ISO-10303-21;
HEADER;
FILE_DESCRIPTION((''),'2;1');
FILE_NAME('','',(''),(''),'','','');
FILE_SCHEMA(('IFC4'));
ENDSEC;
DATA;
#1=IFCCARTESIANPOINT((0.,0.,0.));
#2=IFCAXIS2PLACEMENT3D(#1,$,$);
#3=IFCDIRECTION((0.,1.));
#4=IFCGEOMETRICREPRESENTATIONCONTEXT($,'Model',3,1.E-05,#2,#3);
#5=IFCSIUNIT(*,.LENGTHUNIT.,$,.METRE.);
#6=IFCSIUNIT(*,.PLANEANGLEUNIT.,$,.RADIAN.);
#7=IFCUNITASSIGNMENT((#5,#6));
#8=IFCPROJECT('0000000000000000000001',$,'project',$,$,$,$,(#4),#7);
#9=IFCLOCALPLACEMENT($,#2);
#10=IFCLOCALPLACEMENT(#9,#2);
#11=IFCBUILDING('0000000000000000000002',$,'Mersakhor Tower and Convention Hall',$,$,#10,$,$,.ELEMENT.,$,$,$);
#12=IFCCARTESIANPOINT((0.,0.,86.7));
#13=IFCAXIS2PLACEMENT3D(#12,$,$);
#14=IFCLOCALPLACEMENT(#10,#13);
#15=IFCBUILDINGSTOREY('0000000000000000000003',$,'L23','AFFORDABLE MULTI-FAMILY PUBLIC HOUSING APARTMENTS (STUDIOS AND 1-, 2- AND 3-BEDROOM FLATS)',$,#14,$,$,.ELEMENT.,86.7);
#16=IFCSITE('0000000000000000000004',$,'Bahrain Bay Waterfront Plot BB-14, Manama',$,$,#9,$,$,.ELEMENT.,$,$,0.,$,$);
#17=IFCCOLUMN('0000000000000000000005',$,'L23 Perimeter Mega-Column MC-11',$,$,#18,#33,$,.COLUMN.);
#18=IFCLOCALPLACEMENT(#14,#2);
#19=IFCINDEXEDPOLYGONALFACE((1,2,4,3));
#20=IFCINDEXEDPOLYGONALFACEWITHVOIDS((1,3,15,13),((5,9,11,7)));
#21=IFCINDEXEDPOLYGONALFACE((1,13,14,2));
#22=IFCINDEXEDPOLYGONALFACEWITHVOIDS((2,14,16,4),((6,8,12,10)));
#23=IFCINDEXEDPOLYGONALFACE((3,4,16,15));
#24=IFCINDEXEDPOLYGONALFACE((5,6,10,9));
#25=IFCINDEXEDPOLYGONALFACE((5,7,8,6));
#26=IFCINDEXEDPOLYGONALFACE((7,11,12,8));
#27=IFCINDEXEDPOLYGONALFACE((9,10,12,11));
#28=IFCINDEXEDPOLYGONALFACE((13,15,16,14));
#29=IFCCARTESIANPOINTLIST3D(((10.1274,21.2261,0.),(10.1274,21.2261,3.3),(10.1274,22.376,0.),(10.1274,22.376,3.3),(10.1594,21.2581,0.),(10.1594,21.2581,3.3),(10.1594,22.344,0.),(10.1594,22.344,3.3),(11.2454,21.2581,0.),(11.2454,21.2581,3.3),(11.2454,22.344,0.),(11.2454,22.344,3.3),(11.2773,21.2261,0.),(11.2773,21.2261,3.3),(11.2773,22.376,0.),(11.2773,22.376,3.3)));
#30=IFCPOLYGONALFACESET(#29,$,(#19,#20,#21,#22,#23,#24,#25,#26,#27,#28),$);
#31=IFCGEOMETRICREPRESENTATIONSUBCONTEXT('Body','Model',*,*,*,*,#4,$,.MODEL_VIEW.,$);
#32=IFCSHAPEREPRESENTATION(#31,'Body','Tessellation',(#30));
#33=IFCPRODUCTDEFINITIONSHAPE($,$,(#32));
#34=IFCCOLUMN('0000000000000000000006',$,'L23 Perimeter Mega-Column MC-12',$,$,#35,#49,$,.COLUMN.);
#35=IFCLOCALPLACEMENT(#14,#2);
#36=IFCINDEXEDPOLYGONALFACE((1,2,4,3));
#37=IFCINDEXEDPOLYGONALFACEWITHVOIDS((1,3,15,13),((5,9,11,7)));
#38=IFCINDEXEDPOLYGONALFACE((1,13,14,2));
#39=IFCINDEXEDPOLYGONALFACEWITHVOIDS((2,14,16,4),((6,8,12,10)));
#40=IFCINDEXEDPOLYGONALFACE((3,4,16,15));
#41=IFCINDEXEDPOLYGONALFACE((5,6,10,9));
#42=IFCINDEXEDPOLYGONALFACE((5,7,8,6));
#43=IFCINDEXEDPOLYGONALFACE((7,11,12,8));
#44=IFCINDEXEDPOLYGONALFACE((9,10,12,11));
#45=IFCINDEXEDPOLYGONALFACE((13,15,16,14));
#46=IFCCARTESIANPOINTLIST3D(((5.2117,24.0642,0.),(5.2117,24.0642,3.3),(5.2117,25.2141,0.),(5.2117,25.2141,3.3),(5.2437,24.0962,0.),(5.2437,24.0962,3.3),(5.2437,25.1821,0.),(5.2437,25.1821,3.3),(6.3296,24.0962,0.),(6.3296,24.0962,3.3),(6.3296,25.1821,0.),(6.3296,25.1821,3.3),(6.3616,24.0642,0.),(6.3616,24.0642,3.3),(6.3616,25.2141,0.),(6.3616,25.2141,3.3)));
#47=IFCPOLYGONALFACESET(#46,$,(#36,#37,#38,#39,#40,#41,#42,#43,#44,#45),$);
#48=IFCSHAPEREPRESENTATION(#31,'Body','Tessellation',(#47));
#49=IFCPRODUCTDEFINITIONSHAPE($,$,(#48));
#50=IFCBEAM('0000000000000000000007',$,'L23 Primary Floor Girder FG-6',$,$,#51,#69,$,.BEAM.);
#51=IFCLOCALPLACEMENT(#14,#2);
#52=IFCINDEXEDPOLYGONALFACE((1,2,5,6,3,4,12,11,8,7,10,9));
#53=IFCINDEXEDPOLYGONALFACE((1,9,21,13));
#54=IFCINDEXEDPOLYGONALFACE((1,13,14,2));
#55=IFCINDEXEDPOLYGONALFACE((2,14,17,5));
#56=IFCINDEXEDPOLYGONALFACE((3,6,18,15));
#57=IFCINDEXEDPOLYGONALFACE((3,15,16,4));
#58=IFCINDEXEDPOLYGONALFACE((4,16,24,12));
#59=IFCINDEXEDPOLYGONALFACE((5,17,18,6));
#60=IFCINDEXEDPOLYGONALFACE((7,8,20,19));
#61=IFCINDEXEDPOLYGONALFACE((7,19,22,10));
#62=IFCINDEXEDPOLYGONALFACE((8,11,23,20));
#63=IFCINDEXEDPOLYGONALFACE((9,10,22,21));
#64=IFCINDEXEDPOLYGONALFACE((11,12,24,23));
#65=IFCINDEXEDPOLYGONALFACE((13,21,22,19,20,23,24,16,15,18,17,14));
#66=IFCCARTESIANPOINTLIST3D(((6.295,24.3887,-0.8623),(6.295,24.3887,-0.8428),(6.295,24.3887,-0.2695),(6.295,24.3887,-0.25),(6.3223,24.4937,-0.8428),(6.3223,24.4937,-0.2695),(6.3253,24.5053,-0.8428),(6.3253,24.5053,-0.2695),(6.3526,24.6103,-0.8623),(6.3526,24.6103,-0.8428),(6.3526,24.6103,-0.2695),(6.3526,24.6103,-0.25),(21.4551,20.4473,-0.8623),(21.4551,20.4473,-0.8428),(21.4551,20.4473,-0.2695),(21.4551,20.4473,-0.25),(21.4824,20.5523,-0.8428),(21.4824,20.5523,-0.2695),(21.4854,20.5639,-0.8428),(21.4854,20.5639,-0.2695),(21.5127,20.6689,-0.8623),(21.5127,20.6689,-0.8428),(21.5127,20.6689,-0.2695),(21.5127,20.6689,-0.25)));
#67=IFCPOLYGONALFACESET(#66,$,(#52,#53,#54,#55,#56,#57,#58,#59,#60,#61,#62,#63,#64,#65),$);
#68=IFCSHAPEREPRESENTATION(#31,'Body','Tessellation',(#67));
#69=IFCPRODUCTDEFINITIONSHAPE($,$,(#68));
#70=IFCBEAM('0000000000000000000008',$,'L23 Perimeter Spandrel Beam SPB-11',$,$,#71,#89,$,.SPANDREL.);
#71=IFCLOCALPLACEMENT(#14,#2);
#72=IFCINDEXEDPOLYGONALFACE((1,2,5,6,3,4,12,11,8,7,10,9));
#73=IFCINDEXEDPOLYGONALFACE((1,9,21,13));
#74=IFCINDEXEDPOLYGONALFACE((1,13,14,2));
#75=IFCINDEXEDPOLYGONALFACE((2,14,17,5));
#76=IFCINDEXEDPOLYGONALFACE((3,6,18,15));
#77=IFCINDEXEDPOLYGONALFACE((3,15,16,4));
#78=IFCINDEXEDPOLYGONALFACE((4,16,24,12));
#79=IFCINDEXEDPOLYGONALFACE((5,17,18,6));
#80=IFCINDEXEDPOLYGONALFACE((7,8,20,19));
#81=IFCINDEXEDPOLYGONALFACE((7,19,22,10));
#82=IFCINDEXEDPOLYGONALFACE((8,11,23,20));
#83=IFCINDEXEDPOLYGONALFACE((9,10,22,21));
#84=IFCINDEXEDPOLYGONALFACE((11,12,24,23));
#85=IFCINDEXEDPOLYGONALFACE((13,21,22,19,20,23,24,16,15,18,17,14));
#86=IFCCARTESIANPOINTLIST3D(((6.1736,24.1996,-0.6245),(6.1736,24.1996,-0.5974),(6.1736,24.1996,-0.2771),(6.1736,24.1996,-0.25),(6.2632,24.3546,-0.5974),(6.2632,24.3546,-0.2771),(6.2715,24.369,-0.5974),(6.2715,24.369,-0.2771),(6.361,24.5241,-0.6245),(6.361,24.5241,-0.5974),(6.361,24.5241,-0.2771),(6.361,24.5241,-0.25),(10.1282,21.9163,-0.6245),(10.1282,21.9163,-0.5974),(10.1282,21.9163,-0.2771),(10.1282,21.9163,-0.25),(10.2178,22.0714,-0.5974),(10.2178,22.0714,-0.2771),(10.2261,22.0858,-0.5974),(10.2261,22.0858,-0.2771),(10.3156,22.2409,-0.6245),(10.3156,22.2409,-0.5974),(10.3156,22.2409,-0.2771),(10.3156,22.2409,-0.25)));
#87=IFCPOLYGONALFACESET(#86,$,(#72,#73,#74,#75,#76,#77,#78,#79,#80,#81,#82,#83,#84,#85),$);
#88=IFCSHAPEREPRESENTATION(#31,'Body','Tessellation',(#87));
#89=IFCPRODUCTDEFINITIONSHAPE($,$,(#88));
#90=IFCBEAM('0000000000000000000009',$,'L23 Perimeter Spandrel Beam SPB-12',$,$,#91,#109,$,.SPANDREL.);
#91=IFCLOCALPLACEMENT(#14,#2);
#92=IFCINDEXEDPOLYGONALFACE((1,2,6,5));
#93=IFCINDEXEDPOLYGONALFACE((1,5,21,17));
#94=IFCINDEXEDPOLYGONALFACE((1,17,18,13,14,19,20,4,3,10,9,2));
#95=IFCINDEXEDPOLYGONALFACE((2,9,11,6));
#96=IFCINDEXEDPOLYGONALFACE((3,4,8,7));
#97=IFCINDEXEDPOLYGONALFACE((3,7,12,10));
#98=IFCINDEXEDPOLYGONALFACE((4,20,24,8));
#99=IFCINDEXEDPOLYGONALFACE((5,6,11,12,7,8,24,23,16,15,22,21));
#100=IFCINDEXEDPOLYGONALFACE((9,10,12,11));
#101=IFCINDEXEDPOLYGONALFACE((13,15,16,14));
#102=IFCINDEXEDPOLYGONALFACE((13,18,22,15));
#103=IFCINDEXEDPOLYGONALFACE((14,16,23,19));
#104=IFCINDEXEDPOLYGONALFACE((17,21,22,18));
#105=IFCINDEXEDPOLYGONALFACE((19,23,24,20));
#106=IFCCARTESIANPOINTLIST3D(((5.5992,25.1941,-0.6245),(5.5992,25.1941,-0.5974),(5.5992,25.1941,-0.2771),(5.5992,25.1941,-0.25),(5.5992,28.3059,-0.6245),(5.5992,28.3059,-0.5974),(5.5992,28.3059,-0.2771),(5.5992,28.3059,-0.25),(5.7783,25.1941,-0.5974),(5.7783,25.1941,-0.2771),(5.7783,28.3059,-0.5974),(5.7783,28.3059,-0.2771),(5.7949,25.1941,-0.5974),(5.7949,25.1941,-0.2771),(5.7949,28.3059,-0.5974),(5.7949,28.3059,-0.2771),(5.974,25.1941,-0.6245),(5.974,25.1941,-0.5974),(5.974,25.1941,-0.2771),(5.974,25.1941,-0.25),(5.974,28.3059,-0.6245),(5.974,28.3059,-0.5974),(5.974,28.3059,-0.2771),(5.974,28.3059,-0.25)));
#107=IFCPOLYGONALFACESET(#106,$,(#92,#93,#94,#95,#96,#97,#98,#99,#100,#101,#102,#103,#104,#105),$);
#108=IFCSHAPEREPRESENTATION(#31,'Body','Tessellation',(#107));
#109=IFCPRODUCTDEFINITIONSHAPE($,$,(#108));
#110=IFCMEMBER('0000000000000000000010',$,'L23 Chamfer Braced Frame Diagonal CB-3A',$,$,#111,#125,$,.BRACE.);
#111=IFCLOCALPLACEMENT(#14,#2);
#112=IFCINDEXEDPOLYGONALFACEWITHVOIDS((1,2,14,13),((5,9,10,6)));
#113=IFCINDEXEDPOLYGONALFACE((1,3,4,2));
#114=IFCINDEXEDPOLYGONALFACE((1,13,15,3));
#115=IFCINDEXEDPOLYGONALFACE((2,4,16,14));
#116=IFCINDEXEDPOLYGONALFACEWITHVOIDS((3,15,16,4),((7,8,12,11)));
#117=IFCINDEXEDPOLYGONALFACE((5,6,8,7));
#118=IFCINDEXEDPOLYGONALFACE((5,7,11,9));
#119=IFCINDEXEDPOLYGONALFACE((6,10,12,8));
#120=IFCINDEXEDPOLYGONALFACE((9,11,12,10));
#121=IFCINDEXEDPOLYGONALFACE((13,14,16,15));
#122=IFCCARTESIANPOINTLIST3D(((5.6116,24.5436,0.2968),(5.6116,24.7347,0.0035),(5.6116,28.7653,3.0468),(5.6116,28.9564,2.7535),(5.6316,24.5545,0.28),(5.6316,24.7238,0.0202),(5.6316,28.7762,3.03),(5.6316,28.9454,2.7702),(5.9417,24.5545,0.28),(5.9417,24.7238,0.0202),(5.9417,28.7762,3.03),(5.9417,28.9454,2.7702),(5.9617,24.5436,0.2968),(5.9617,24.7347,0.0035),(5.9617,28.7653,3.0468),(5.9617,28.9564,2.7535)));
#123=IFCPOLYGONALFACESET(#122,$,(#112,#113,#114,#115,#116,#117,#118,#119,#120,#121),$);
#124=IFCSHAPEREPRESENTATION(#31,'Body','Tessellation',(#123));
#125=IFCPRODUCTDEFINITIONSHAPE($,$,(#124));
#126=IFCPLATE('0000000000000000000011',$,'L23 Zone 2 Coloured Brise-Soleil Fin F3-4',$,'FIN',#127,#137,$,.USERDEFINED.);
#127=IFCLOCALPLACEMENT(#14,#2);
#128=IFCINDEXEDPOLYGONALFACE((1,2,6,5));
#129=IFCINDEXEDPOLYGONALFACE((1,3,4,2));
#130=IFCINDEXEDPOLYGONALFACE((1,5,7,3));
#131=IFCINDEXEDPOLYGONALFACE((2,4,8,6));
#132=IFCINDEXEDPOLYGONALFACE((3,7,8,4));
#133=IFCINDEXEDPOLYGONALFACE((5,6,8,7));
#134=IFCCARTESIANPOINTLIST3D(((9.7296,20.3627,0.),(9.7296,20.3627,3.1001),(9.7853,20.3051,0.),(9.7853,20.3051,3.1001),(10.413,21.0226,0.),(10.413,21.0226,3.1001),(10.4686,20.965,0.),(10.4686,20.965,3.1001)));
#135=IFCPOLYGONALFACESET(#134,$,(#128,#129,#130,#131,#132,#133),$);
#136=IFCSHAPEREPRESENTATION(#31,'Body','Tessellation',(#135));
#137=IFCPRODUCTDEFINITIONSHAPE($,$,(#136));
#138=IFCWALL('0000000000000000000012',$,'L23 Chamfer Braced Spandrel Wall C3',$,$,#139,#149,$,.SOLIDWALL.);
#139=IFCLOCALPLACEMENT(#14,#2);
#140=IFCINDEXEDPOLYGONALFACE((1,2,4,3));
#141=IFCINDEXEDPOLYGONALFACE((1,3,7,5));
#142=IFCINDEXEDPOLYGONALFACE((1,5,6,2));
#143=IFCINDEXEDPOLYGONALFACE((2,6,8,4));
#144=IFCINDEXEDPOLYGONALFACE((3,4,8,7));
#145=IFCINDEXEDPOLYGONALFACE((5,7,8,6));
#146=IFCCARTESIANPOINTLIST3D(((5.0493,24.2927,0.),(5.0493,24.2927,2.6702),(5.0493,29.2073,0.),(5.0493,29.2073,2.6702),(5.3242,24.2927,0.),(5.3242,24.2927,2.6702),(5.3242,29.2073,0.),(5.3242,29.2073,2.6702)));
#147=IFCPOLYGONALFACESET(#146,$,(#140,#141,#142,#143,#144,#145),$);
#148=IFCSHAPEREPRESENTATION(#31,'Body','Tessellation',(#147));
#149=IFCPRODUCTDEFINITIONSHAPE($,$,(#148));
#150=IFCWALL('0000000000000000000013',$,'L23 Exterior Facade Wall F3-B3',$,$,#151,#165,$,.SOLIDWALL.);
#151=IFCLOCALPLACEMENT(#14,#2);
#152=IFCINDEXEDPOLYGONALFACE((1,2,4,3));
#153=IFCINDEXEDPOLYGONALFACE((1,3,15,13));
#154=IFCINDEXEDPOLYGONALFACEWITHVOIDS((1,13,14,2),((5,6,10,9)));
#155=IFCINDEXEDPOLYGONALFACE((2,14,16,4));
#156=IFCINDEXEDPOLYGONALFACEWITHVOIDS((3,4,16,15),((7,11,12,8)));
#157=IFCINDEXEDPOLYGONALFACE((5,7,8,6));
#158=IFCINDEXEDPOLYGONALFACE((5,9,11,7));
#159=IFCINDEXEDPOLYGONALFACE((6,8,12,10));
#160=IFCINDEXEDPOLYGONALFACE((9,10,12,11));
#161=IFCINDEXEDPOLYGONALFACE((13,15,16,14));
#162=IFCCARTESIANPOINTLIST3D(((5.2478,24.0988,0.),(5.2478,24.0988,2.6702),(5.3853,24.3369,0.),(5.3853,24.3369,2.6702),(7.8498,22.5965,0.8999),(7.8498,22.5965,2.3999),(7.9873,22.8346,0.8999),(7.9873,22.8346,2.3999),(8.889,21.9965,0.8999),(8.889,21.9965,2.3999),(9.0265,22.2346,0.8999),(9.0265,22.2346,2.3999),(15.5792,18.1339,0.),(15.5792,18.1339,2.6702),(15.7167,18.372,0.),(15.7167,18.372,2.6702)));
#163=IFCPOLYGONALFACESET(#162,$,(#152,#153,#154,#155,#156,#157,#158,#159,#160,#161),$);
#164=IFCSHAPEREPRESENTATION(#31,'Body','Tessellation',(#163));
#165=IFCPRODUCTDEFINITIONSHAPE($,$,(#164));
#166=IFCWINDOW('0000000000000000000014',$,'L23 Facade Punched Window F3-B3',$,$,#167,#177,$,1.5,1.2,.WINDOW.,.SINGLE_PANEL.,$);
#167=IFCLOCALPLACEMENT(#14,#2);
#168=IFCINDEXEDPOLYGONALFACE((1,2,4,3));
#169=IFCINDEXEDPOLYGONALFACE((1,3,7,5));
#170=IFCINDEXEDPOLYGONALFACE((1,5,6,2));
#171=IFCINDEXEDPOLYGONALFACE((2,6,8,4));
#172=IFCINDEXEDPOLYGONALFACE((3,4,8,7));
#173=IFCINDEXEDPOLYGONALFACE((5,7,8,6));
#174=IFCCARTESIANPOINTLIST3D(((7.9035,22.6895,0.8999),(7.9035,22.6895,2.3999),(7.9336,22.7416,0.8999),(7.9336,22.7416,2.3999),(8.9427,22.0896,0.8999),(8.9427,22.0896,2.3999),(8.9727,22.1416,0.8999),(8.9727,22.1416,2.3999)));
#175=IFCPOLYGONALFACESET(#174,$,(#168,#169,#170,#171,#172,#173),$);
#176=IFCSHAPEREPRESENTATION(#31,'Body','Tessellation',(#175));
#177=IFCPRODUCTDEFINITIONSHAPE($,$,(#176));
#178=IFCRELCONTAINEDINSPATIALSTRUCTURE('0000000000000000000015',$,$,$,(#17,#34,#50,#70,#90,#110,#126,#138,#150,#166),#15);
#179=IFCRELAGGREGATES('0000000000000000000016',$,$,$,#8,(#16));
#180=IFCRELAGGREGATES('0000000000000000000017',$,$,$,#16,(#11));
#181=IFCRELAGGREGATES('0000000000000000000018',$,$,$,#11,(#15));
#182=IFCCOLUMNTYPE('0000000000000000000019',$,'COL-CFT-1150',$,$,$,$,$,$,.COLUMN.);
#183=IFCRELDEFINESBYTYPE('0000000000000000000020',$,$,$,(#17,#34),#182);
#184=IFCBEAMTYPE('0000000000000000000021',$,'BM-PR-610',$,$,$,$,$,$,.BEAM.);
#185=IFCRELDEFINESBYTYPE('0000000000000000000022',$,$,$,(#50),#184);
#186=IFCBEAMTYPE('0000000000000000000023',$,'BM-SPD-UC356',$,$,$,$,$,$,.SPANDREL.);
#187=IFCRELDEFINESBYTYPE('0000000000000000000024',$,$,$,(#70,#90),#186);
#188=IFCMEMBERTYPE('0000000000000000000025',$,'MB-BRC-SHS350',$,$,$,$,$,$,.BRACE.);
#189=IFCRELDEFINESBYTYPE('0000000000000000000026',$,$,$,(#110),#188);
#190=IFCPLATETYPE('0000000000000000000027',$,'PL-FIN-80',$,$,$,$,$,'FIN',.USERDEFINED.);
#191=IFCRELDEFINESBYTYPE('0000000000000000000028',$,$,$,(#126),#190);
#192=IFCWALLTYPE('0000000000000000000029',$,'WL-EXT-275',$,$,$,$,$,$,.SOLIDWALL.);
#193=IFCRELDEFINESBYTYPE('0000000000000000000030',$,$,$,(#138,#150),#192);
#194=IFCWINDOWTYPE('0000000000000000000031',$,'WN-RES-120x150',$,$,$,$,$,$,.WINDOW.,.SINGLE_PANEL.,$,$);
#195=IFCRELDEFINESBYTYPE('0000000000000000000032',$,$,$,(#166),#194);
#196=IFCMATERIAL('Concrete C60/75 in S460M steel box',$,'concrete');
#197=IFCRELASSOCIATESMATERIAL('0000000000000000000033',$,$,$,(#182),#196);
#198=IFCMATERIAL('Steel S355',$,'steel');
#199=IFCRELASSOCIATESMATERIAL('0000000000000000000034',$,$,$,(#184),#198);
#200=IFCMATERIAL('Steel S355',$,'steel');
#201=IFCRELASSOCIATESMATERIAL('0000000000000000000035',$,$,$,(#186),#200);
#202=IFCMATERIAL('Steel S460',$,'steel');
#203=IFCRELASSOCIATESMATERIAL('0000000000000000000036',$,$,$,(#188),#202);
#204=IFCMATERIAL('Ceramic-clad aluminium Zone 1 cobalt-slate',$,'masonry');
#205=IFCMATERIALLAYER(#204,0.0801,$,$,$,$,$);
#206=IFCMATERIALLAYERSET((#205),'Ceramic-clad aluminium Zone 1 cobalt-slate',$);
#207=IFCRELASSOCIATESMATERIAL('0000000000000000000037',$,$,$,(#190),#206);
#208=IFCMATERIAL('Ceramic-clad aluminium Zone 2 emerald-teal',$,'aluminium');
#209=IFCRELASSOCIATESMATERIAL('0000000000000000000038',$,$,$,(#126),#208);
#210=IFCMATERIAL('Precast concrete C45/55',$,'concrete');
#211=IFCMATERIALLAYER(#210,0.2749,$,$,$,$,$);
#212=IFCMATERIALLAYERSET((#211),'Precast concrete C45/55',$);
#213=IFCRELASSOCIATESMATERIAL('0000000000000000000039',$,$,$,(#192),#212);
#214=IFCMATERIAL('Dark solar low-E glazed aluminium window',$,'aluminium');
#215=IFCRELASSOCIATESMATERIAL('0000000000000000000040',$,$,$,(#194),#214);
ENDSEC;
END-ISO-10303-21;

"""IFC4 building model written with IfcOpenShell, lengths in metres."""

from ifc_helpers import new_model, si_unit, direction, frame, frame_2d, origin, origin_2d, place, context, subcontext, project, spatial, rectangle, hollow_rectangle, i_section, extrude, material, layer, layer_set, material_profile, profile_set, type_object, element, fill, save


model = new_model("IFC4")

# Units and contexts
model_context = context("Model", 3, precision=1e-05, world=origin(), true_north=direction((0.0, 1.0)))
body_context = subcontext(model_context, "Body", "Model", "MODEL_VIEW")
ifc_project = project(units=[si_unit("LENGTHUNIT", "METRE"), si_unit("PLANEANGLEUNIT", "RADIAN")], contexts=[model_context])

# Site, building, storey
site_placement = place(None, origin())
site = spatial("IfcSite", under=ifc_project, at=site_placement, Name="Bahrain Bay Waterfront Plot BB-14, Manama", CompositionType="ELEMENT", RefElevation=0.0)
building_placement = place(site_placement, origin())
building = spatial("IfcBuilding", under=site, at=building_placement, Name="Mersakhor Tower and Convention Hall", CompositionType="ELEMENT")
storey_placement = place(building_placement, frame((0.0, 0.0, 86.7)))
storey = spatial("IfcBuildingStorey", under=building, at=storey_placement, Name="L23", Description="AFFORDABLE MULTI-FAMILY PUBLIC HOUSING APARTMENTS (STUDIOS AND 1-, 2- AND 3-BEDROOM FLATS)", CompositionType="ELEMENT", Elevation=86.7)

# Columns
ifc_material_1 = material(Name="Concrete C60/75 in S460M steel box", Category="concrete")
ifc_material_profile_1 = material_profile(ifc_material_1, hollow_rectangle(XDim=1.1499, YDim=1.1499, WallThickness=0.032, at=origin_2d()), Name="SHS 1150x1150x32")
ifc_profile_set_1 = profile_set([ifc_material_profile_1], Name="Concrete C60/75 in S460M steel box")
column_type = type_object("IfcColumnType", Name="COL-CFT-1150", PredefinedType="COLUMN", material=ifc_profile_set_1)
for number, where, z_axis, x_axis, name in (
    (1, (10.7024, 21.801, 0.0), (0.0, 0.0, 1.0), (1.0, 0.0, 0.0), "L23 Perimeter Mega-Column MC-11"),
    (2, (5.7866, 24.6392, 0.0), (0.0, 0.0, 1.0), (1.0, 0.0, 0.0), "L23 Perimeter Mega-Column MC-12"),
):
    element("IfcColumn", number, at=place(storey_placement, frame(where, z_axis=z_axis, x_axis=x_axis)), inside=storey, type_object=column_type, Name=name, PredefinedType="COLUMN", context=body_context, shape_type="SweptSolid", body=[
        extrude(hollow_rectangle(XDim=1.1499, YDim=1.1499, WallThickness=0.032, at=origin_2d()), origin(), (0.0, 0.0, 1.0), 3.3),
    ])

# Beams
ifc_material_2 = material(Name="Steel S355", Category="steel")
ifc_material_profile_2 = material_profile(ifc_material_2, i_section(OverallWidth=0.229, OverallDepth=0.6123, WebThickness=0.012, FlangeThickness=0.0195, at=origin_2d()), Name="UB 610x229x125")
ifc_profile_set_2 = profile_set([ifc_material_profile_2], Name="Steel S355")
beam_type_1 = type_object("IfcBeamType", Name="BM-PR-610", PredefinedType="BEAM", material=ifc_profile_set_2)
beam_1_placement = place(storey_placement, frame((21.4839, 20.5581, -0.5562), z_axis=(-0.967826, 0.25162, 0.0), x_axis=(-0.25162, -0.967826, 0.0)))
element("IfcBeam", 3, at=beam_1_placement, inside=storey, type_object=beam_type_1, Name="L23 Primary Floor Girder FG-6", PredefinedType="BEAM", context=body_context, shape_type="SweptSolid", body=[
    extrude(i_section(OverallWidth=0.229, OverallDepth=0.6123, WebThickness=0.012, FlangeThickness=0.0195, at=origin_2d()), origin(), (0.0, 0.0, 1.0), 15.6641),
])
ifc_material_3 = material(Name="Steel S355", Category="steel")
ifc_material_profile_3 = material_profile(ifc_material_3, i_section(OverallWidth=0.3748, OverallDepth=0.3745, WebThickness=0.0166, FlangeThickness=0.0271, at=origin_2d()), Name="UC 356x368x202")
ifc_profile_set_3 = profile_set([ifc_material_profile_3], Name="Steel S355")
beam_type_2 = type_object("IfcBeamType", Name="BM-SPD-UC356", PredefinedType="SPANDREL", material=ifc_profile_set_3)
beam_2_placement = place(storey_placement, frame((10.2219, 22.0786, -0.4373), z_axis=(-0.866024, 0.500003, 0.0), x_axis=(-0.500003, -0.866024, 0.0)))
element("IfcBeam", 4, at=beam_2_placement, inside=storey, type_object=beam_type_2, Name="L23 Perimeter Spandrel Beam SPB-11", PredefinedType="SPANDREL", context=body_context, shape_type="SweptSolid", body=[
    extrude(i_section(OverallWidth=0.3748, OverallDepth=0.3745, WebThickness=0.0166, FlangeThickness=0.0271, at=origin_2d()), origin(), (0.0, 0.0, 1.0), 4.5664),
])
beam_3_placement = place(storey_placement, frame((5.7866, 25.1941, -0.4373), z_axis=(0.0, 1.0, 0.0), x_axis=(-1.0, 0.0, 0.0)))
element("IfcBeam", 5, at=beam_3_placement, inside=storey, type_object=beam_type_2, Name="L23 Perimeter Spandrel Beam SPB-12", PredefinedType="SPANDREL", context=body_context, shape_type="SweptSolid", body=[
    extrude(i_section(OverallWidth=0.3748, OverallDepth=0.3745, WebThickness=0.0166, FlangeThickness=0.0271, at=origin_2d()), origin(), (0.0, 0.0, 1.0), 3.1118),
])

# Member
ifc_material_4 = material(Name="Steel S460", Category="steel")
ifc_material_profile_4 = material_profile(ifc_material_4, hollow_rectangle(XDim=0.3501, YDim=0.3501, WallThickness=0.02, at=origin_2d()), Name="SHS 350x350x20")
ifc_profile_set_4 = profile_set([ifc_material_profile_4], Name="Steel S460")
member_type = type_object("IfcMemberType", Name="MB-BRC-SHS350", PredefinedType="BRACE", material=ifc_profile_set_4)
member_placement = place(storey_placement, frame((5.7866, 24.6392, 0.1501), z_axis=(0.0, 0.837907, 0.545812), x_axis=(-1.0, 0.0, 0.0)))
element("IfcMember", 6, at=member_placement, inside=storey, type_object=member_type, Name="L23 Chamfer Braced Frame Diagonal CB-3A", PredefinedType="BRACE", context=body_context, shape_type="SweptSolid", body=[
    extrude(hollow_rectangle(XDim=0.3501, YDim=0.3501, WallThickness=0.02, at=origin_2d()), origin(), (0.0, 0.0, 1.0), 5.0383),
])

# Plate
ifc_material_5 = material(Name="Ceramic-clad aluminium Zone 2 emerald-teal", Category="aluminium")
ifc_material_6 = material(Name="Ceramic-clad aluminium Zone 1 cobalt-slate", Category="masonry")
ifc_layer_1 = layer(ifc_material_6, 0.0801)
ifc_layer_set_1 = layer_set([ifc_layer_1], Name="Ceramic-clad aluminium Zone 1 cobalt-slate")
plate_type = type_object("IfcPlateType", Name="PL-FIN-80", ElementType="FIN", PredefinedType="USERDEFINED", material=ifc_layer_set_1)
plate_placement = place(storey_placement, frame((10.0991, 20.6638, 0.0), z_axis=(0.0, 0.0, 1.0), x_axis=(-0.71934, -0.694658, 0.0)))
element("IfcPlate", 7, at=plate_placement, inside=storey, type_object=plate_type, material=ifc_material_5, Name="L23 Zone 2 Coloured Brise-Soleil Fin F3-4", ObjectType="FIN", PredefinedType="USERDEFINED", context=body_context, shape_type="SweptSolid", body=[
    extrude(rectangle(XDim=0.95, YDim=0.0801, at=origin_2d()), origin(), (0.0, 0.0, 1.0), 3.1001),
])

# Wall
ifc_material_7 = material(Name="Precast concrete C45/55", Category="concrete")
ifc_layer_2 = layer(ifc_material_7, 0.2749)
ifc_layer_set_2 = layer_set([ifc_layer_2], Name="Precast concrete C45/55")
wall_type_1 = type_object("IfcWallType", Name="WL-EXT-275", PredefinedType="SOLIDWALL", material=ifc_layer_set_2)
wall_1_placement = place(storey_placement, frame((5.1868, 24.2927, 0.0), z_axis=(0.0, 0.0, 1.0), x_axis=(0.0, 1.0, 0.0)))
element("IfcWall", 8, at=wall_1_placement, inside=storey, type_object=wall_type_1, Name="L23 Chamfer Braced Spandrel Wall C3", PredefinedType="SOLIDWALL", context=body_context, shape_type="SweptSolid", body=[
    extrude(rectangle(XDim=4.9146, YDim=0.2749, at=frame_2d((2.4573, 0.0))), origin(), (0.0, 0.0, 1.0), 2.6702),
])

# Wall, opening, window
wall_2_placement = place(storey_placement, frame((15.6479, 18.2529, 0.0), z_axis=(0.0, 0.0, 1.0), x_axis=(-0.866023, 0.500004, 0.0)))
wall_2 = element("IfcWall", 9, at=wall_2_placement, inside=storey, type_object=wall_type_1, Name="L23 Exterior Facade Wall F3-B3", PredefinedType="SOLIDWALL", context=body_context, shape_type="SweptSolid", body=[
    extrude(rectangle(XDim=11.9297, YDim=0.2749, at=frame_2d((5.9648, 0.0))), origin(), (0.0, 0.0, 1.0), 2.6702),
])
opening_1_placement = place(wall_2_placement, frame((7.7251, 0.0, 0.8999)))
opening_1 = element("IfcOpeningElement", 10, at=opening_1_placement, cuts=wall_2, PredefinedType="OPENING", context=body_context, shape_type="SweptSolid", body=[
    extrude(rectangle(XDim=1.2, YDim=1.5, at=frame_2d((0.6001, 0.75))), frame((0.0, 0.1475, 0.0), z_axis=(0.0, -1.0, 0.0), x_axis=(1.0, 0.0, 0.0)), (0.0, 0.0, 1.0), 0.2949),
])
ifc_material_8 = material(Name="Dark solar low-E glazed aluminium window", Category="aluminium")
window_type = type_object("IfcWindowType", Name="WN-RES-120x150", PartitioningType="SINGLE_PANEL", PredefinedType="WINDOW", material=ifc_material_8)
window_placement = place(opening_1_placement, origin())
window = element("IfcWindow", 11, at=window_placement, inside=storey, type_object=window_type, Name="L23 Facade Punched Window F3-B3", OverallHeight=1.5, OverallWidth=1.2, PartitioningType="SINGLE_PANEL", PredefinedType="WINDOW", context=body_context, shape_type="SweptSolid", body=[
    extrude(rectangle(XDim=1.2, YDim=1.5, at=frame_2d((0.6001, 0.75))), frame((0.0, 0.03, 0.0), z_axis=(0.0, -1.0, 0.0), x_axis=(1.0, 0.0, 0.0)), (0.0, 0.0, 1.0), 0.0601),
])
fill(opening_1, window)

save(model, "model.ifc")
